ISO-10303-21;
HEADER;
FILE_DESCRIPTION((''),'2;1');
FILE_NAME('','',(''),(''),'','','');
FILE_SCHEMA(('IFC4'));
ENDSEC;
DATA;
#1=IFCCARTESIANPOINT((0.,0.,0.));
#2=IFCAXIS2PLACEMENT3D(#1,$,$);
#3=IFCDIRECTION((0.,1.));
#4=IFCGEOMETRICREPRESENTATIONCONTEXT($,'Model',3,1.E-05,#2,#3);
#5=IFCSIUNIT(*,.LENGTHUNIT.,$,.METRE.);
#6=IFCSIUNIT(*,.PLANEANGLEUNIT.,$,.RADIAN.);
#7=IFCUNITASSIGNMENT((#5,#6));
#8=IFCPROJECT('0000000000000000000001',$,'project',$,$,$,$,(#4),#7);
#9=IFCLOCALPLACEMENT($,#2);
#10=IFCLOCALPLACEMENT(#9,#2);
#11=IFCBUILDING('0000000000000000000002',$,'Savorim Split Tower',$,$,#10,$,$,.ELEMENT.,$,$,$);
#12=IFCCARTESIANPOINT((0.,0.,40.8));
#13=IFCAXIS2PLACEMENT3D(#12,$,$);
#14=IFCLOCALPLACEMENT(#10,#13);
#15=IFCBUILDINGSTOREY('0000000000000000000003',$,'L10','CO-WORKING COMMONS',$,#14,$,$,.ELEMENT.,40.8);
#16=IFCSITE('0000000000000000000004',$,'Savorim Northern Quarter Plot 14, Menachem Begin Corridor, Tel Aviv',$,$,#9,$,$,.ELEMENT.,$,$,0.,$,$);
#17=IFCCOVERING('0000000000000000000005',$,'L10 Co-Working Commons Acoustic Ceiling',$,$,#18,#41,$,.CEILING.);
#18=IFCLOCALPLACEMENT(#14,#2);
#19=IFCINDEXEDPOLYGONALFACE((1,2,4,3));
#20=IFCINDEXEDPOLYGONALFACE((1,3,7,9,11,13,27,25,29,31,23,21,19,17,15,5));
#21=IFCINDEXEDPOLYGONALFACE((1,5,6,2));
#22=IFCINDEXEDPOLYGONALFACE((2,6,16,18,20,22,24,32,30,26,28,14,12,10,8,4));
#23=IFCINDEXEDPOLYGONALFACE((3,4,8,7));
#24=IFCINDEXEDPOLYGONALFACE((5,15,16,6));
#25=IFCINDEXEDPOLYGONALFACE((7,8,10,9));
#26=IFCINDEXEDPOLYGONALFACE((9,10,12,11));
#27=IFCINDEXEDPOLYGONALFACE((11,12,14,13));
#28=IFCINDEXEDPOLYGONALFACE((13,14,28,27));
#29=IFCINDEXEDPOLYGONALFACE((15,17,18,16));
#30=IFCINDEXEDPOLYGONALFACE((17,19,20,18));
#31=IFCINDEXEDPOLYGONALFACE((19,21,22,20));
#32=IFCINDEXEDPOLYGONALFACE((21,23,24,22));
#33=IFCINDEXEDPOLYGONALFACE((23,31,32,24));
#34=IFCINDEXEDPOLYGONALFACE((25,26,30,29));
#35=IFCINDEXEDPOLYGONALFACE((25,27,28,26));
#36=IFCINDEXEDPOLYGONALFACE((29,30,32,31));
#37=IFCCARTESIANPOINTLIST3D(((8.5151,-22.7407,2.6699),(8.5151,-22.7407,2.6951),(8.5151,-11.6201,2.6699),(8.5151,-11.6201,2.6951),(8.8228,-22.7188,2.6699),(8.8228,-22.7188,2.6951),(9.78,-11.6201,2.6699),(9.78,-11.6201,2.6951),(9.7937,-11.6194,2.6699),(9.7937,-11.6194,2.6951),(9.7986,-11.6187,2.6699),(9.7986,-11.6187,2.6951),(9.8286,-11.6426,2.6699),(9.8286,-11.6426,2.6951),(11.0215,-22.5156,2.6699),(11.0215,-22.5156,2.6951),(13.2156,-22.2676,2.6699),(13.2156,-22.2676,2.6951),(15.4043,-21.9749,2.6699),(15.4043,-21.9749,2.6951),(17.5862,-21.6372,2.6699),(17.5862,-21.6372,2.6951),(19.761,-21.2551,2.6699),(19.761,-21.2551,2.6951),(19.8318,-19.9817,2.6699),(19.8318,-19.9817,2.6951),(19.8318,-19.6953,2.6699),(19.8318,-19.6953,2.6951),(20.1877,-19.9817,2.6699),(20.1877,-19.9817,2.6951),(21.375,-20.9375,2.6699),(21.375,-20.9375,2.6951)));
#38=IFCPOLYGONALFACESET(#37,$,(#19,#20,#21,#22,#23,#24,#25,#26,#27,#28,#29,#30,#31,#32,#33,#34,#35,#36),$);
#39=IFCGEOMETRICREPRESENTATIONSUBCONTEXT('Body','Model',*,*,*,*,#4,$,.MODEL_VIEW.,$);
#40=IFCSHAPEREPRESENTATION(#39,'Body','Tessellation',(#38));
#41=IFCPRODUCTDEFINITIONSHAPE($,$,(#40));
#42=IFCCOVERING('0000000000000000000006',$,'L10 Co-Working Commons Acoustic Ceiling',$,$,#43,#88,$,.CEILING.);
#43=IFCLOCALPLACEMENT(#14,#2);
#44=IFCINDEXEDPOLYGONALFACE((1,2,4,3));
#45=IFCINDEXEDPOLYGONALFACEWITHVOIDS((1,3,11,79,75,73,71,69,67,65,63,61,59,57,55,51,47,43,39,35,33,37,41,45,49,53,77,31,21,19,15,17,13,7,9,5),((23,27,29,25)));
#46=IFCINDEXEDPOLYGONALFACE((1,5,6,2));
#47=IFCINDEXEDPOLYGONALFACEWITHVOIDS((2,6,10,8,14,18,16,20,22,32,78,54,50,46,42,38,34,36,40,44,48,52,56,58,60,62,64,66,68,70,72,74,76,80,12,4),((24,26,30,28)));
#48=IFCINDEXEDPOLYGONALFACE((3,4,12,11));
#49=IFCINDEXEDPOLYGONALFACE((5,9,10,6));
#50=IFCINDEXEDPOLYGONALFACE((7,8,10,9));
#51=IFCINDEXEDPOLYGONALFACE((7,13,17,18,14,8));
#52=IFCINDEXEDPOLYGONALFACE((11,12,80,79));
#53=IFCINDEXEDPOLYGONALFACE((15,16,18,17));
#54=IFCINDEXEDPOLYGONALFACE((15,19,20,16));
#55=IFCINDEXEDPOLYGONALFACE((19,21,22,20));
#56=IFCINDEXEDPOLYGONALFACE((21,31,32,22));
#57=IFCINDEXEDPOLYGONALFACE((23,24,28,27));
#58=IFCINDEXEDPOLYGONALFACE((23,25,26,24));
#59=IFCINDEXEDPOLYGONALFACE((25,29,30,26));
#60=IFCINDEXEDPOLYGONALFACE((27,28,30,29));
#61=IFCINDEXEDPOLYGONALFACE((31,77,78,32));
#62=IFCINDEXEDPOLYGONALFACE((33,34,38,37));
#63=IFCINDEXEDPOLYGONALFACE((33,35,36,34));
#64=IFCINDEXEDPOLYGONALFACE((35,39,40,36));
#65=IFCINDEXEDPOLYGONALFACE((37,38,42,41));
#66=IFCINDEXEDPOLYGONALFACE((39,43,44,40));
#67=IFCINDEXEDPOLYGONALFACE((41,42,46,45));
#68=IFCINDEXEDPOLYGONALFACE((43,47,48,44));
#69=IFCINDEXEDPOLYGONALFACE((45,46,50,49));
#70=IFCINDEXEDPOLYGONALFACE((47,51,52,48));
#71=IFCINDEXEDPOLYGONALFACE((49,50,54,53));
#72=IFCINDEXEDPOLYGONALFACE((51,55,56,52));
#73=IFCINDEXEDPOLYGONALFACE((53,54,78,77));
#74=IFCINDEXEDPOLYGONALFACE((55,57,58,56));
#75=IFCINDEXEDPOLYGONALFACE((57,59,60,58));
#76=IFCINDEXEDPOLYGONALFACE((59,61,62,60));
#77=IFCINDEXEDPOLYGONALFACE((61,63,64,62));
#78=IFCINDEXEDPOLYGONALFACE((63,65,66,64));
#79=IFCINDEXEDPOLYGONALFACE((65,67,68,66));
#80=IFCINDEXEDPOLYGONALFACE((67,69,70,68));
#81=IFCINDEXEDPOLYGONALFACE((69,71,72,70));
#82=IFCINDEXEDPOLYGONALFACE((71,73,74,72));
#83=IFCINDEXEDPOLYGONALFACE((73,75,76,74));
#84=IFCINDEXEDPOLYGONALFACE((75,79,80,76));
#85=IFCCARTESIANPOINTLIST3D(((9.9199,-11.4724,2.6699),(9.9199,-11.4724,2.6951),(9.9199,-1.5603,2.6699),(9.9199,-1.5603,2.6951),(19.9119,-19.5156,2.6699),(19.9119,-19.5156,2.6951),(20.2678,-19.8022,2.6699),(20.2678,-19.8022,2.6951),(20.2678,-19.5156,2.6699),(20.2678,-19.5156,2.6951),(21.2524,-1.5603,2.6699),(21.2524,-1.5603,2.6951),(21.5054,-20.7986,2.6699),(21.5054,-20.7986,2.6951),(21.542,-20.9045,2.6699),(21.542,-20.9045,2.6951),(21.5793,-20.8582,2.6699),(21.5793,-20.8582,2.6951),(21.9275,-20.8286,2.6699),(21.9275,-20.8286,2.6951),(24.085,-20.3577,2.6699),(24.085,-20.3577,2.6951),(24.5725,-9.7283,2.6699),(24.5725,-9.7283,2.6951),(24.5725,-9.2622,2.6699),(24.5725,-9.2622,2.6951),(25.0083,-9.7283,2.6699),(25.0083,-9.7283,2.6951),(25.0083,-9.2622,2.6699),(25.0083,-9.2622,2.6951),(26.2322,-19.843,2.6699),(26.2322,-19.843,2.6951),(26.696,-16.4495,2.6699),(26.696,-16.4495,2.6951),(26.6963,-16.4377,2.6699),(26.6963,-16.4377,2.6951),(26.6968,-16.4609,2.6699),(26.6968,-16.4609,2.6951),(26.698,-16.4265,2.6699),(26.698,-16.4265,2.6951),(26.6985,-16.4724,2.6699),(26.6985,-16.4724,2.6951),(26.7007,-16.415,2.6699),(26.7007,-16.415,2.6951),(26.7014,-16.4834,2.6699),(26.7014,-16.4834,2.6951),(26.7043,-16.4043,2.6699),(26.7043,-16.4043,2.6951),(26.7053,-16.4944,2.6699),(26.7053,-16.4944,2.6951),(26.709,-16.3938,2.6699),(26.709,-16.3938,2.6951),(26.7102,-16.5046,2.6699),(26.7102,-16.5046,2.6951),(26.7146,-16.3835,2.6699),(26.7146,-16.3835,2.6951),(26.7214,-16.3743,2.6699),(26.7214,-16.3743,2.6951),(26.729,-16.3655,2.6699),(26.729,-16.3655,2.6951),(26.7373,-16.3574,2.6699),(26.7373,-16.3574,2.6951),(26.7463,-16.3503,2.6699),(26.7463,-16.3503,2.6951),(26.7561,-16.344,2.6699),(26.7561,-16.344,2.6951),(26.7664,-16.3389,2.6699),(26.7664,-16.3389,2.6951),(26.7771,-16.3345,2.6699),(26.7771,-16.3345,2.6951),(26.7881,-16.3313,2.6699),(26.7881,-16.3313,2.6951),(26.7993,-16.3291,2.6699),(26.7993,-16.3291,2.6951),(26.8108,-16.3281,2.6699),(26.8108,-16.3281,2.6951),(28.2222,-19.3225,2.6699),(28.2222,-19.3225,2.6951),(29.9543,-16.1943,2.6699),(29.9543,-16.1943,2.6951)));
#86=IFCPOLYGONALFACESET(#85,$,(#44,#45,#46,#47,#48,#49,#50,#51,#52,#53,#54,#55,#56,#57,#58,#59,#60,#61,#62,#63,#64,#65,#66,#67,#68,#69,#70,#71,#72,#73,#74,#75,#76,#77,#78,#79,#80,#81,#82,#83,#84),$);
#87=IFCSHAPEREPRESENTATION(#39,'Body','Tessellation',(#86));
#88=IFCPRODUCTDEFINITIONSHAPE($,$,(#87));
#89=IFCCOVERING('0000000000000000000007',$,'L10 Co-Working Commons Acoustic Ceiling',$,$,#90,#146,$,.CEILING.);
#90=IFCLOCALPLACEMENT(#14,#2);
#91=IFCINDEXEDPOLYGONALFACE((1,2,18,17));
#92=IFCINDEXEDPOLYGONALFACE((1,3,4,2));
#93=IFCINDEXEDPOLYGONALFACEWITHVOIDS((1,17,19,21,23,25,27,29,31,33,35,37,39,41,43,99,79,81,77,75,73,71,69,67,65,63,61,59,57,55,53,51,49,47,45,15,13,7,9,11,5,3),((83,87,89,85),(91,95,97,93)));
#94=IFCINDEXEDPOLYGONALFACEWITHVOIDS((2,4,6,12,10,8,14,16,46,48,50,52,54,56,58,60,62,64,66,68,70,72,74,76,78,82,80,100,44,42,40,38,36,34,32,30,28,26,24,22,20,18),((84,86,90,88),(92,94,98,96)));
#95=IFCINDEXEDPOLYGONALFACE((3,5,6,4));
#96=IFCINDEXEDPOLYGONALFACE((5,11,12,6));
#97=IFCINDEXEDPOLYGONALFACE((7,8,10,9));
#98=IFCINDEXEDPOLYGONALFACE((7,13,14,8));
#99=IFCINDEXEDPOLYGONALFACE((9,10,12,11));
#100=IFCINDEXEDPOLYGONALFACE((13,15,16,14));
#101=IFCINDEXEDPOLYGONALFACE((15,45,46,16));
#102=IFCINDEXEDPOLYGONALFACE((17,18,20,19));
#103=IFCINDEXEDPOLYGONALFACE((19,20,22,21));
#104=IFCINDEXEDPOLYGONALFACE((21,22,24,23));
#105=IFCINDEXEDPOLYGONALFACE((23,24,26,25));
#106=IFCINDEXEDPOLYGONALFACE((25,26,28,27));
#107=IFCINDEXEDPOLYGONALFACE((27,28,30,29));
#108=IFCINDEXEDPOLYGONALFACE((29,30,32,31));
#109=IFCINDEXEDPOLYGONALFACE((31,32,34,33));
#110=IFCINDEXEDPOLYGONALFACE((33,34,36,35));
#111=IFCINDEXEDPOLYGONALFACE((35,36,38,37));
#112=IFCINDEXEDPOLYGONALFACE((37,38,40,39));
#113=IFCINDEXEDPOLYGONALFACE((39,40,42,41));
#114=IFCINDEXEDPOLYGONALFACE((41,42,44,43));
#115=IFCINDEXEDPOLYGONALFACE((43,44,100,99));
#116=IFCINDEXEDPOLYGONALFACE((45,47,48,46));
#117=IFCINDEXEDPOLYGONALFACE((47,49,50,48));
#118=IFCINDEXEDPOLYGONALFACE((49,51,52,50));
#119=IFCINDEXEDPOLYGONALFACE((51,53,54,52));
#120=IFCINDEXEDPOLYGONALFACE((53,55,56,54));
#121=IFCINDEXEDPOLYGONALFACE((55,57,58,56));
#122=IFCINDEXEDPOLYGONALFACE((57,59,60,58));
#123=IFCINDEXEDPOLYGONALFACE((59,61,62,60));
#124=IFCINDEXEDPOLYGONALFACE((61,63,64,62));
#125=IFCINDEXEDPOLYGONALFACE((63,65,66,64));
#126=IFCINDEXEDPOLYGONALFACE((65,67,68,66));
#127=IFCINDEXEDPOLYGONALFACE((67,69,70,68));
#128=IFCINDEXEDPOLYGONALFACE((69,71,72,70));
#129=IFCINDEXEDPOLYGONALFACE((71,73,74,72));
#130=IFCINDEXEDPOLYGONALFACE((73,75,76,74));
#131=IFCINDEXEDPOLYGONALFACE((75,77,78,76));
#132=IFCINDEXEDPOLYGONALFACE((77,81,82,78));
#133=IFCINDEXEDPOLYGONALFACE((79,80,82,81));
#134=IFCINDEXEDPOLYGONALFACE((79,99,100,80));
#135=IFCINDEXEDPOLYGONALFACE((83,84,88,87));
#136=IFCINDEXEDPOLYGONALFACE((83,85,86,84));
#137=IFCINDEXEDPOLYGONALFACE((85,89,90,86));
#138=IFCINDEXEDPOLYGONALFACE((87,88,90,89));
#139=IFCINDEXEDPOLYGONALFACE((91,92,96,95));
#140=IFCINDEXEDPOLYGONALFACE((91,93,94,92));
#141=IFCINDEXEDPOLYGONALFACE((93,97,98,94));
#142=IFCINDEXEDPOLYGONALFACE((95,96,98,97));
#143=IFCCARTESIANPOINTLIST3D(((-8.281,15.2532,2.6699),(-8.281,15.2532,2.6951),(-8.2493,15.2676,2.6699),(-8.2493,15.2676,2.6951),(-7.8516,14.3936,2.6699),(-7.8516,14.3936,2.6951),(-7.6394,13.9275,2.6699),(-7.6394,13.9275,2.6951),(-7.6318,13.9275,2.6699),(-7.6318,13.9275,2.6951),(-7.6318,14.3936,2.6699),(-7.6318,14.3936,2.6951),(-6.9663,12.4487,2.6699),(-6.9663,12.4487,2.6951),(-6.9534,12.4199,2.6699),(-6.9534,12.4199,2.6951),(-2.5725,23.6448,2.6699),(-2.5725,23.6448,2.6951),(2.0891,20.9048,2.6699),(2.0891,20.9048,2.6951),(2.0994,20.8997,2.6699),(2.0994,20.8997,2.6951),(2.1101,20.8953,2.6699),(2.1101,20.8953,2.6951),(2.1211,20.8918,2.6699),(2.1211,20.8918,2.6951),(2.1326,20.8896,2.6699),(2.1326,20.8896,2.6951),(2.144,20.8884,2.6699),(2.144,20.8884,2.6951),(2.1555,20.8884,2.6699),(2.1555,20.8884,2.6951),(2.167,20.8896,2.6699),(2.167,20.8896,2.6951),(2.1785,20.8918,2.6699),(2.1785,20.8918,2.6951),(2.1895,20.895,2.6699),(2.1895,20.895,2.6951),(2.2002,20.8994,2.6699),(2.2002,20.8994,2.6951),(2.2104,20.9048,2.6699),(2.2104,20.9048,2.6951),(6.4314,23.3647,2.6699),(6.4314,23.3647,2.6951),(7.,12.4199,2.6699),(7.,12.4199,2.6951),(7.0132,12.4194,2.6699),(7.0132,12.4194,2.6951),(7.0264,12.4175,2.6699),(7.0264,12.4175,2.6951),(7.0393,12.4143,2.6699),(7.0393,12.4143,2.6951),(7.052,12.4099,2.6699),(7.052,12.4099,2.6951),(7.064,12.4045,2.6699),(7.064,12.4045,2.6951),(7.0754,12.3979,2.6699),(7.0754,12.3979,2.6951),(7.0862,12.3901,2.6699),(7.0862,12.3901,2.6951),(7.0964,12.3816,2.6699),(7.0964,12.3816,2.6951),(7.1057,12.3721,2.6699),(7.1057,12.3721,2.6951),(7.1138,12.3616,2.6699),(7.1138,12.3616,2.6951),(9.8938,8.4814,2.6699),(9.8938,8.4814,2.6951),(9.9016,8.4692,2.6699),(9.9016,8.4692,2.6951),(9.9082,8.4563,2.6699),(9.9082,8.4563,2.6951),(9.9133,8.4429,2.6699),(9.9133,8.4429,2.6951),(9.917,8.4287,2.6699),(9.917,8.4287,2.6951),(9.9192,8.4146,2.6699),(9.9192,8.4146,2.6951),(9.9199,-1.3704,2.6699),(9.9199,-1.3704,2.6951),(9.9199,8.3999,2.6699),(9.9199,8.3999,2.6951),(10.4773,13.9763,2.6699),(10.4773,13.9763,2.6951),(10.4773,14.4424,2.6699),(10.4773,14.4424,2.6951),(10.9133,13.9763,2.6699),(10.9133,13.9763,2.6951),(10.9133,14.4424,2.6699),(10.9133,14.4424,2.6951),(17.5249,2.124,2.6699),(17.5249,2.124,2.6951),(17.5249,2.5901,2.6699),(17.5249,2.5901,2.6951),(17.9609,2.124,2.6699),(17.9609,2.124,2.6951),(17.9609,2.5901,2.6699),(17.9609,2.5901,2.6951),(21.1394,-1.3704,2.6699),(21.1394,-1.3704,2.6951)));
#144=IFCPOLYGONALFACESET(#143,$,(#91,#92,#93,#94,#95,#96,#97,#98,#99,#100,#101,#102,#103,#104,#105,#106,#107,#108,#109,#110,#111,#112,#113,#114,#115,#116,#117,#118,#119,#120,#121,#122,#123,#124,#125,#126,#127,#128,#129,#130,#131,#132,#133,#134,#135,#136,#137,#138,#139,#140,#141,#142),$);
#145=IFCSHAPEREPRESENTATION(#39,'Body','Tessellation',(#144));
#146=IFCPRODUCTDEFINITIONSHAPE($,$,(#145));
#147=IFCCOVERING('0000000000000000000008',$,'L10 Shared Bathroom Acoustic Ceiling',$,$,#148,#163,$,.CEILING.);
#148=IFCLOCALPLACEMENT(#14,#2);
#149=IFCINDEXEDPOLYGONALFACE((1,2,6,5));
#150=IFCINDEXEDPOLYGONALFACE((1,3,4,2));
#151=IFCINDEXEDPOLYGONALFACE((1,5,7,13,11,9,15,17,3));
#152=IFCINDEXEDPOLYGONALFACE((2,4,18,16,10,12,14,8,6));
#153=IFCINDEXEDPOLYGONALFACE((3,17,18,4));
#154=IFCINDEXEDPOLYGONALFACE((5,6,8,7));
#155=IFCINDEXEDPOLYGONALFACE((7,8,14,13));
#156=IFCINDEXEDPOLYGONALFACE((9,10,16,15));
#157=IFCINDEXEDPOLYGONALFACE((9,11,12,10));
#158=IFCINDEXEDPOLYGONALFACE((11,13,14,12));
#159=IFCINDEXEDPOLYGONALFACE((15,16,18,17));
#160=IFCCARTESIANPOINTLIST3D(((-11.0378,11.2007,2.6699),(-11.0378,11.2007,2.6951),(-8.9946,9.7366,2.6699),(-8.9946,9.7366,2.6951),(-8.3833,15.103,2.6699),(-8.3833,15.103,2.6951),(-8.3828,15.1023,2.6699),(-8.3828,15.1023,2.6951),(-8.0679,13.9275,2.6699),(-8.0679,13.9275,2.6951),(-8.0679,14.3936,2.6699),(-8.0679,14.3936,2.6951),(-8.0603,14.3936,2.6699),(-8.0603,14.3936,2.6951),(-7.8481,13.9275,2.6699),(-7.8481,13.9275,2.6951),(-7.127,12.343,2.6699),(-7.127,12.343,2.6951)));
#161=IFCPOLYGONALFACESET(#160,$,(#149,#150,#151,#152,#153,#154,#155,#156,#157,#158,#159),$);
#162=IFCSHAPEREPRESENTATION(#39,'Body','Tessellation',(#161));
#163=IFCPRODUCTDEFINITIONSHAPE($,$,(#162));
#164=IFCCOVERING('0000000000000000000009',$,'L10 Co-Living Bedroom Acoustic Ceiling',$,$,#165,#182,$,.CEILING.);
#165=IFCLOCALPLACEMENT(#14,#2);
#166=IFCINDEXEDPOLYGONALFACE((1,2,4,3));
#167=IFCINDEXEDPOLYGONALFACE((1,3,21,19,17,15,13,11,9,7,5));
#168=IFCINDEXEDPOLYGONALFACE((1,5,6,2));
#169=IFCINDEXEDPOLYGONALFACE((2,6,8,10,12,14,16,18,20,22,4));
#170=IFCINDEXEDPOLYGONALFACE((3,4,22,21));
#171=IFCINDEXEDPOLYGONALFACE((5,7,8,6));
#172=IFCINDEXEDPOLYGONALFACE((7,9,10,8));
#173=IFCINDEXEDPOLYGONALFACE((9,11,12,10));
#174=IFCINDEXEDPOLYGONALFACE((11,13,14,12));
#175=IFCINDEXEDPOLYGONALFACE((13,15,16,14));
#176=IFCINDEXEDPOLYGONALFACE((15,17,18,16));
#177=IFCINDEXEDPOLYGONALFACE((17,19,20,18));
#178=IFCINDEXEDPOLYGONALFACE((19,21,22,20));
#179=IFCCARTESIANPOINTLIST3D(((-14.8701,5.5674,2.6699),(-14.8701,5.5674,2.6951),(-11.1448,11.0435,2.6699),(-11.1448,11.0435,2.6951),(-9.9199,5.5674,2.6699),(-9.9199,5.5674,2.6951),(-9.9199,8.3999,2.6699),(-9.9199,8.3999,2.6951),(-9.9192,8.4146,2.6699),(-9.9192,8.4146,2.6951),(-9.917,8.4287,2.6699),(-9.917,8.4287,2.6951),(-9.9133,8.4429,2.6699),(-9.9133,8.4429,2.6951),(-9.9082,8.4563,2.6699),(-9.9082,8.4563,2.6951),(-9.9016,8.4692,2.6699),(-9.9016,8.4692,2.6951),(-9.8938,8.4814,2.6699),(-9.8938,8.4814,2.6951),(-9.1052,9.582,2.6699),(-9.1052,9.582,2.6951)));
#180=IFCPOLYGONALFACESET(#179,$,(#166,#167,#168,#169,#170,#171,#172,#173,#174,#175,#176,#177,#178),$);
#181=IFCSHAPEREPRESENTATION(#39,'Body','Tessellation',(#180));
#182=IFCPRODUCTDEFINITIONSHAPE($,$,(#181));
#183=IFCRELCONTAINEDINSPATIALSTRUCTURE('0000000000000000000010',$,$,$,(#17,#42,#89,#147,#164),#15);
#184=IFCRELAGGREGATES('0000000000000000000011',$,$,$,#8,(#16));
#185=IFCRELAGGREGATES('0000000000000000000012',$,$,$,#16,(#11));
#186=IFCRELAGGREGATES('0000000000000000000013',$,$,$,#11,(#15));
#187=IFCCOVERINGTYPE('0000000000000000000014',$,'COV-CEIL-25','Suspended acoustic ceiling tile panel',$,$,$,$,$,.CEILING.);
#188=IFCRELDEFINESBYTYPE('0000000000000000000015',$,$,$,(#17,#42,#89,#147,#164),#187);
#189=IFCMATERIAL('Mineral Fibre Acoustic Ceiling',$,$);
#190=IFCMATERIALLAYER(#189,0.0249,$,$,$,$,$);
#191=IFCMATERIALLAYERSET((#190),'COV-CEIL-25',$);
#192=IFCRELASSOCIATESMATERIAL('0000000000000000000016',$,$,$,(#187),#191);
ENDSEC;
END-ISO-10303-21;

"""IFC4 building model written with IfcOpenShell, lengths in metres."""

from ifc_helpers import new_model, si_unit, direction, frame, origin, place, context, subcontext, project, spatial, polyline, outline, extrude, material, layer, layer_set, type_object, element, save


model = new_model("IFC4")

# Units and contexts
model_context = context("Model", 3, precision=1e-05, world=origin(), true_north=direction((0.0, 1.0)))
body_context = subcontext(model_context, "Body", "Model", "MODEL_VIEW")
ifc_project = project(units=[si_unit("LENGTHUNIT", "METRE"), si_unit("PLANEANGLEUNIT", "RADIAN")], contexts=[model_context])

# Site, building, storey
site_placement = place(None, origin())
site = spatial("IfcSite", under=ifc_project, at=site_placement, Name="Savorim Northern Quarter Plot 14, Menachem Begin Corridor, Tel Aviv", CompositionType="ELEMENT", RefElevation=0.0)
building_placement = place(site_placement, origin())
building = spatial("IfcBuilding", under=site, at=building_placement, Name="Savorim Split Tower", CompositionType="ELEMENT")
storey_placement = place(building_placement, frame((0.0, 0.0, 40.8)))
storey = spatial("IfcBuildingStorey", under=building, at=storey_placement, Name="L10", Description="CO-WORKING COMMONS", CompositionType="ELEMENT", Elevation=40.8)

# Coverings
ifc_material_1 = material(Name="Mineral Fibre Acoustic Ceiling")
ifc_layer_1 = layer(ifc_material_1, 0.0249)
ifc_layer_set_1 = layer_set([ifc_layer_1], Name="COV-CEIL-25")
covering_type_1 = type_object("IfcCoveringType", Name="COV-CEIL-25", Description="Suspended acoustic ceiling tile panel", PredefinedType="CEILING", material=ifc_layer_set_1)
covering_1_placement = place(storey_placement, frame((0.0, 0.0, 2.6699)))
element("IfcCovering", 1, at=covering_1_placement, inside=storey, type_object=covering_type_1, Name="L10 Co-Working Commons Acoustic Ceiling", PredefinedType="CEILING", context=body_context, shape_type="SweptSolid", body=[
    extrude(outline(polyline([(13.2156, -22.2676), (15.4043, -21.9749), (17.5862, -21.6372), (19.761, -21.2551), (21.375, -20.9375), (20.1877, -19.9817), (19.8318, -19.9817), (19.8318, -19.6953), (9.8286, -11.6426), (9.7986, -11.6187), (9.7937, -11.6194), (9.78, -11.6201), (8.5151, -11.6201), (8.5151, -22.7407), (8.8228, -22.7188), (11.0215, -22.5156), (13.2156, -22.2676)])), origin(), (0.0, 0.0, 1.0), 0.0251),
])
covering_2_placement = place(storey_placement, frame((0.0, 0.0, 2.6699)))
element("IfcCovering", 2, at=covering_2_placement, inside=storey, type_object=covering_type_1, Name="L10 Co-Working Commons Acoustic Ceiling", PredefinedType="CEILING", context=body_context, shape_type="SweptSolid", body=[
    extrude(outline(polyline([(26.7993, -16.3291), (26.8108, -16.3281), (29.9543, -16.1943), (21.2524, -1.5603), (9.9199, -1.5603), (9.9199, -11.4724), (19.9119, -19.5156), (20.2678, -19.5156), (20.2678, -19.8022), (21.5054, -20.7986), (21.5793, -20.8582), (21.542, -20.9045), (21.9275, -20.8286), (24.085, -20.3577), (26.2322, -19.843), (28.2222, -19.3225), (26.7102, -16.5046), (26.7053, -16.4944), (26.7014, -16.4834), (26.6985, -16.4724), (26.6968, -16.4609), (26.696, -16.4495), (26.6963, -16.4377), (26.698, -16.4265), (26.7007, -16.415), (26.7043, -16.4043), (26.709, -16.3938), (26.7146, -16.3835), (26.7214, -16.3743), (26.729, -16.3655), (26.7373, -16.3574), (26.7463, -16.3503), (26.7561, -16.344), (26.7664, -16.3389), (26.7771, -16.3345), (26.7881, -16.3313), (26.7993, -16.3291)]), holes=[polyline([(25.0083, -9.7283), (25.0083, -9.2622), (24.5725, -9.2622), (24.5725, -9.7283), (25.0083, -9.7283)])]), origin(), (0.0, 0.0, 1.0), 0.0251),
])
covering_3_placement = place(storey_placement, frame((0.0, 0.0, 2.6699)))
element("IfcCovering", 3, at=covering_3_placement, inside=storey, type_object=covering_type_1, Name="L10 Co-Working Commons Acoustic Ceiling", PredefinedType="CEILING", context=body_context, shape_type="SweptSolid", body=[
    extrude(outline(polyline([(2.1101, 20.8953), (2.0994, 20.8997), (2.0891, 20.9048), (-2.5725, 23.6448), (-8.281, 15.2532), (-8.2493, 15.2676), (-7.8516, 14.3936), (-7.6318, 14.3936), (-7.6318, 13.9275), (-7.6394, 13.9275), (-6.9663, 12.4487), (-6.9534, 12.4199), (7.0, 12.4199), (7.0132, 12.4194), (7.0264, 12.4175), (7.0393, 12.4143), (7.052, 12.4099), (7.064, 12.4045), (7.0754, 12.3979), (7.0862, 12.3901), (7.0964, 12.3816), (7.1057, 12.3721), (7.1138, 12.3616), (9.8938, 8.4814), (9.9016, 8.4692), (9.9082, 8.4563), (9.9133, 8.4429), (9.917, 8.4287), (9.9192, 8.4146), (9.9199, 8.3999), (9.9199, -1.3704), (21.1394, -1.3704), (6.4314, 23.3647), (2.2104, 20.9048), (2.2002, 20.8994), (2.1895, 20.895), (2.1785, 20.8918), (2.167, 20.8896), (2.1555, 20.8884), (2.144, 20.8884), (2.1326, 20.8896), (2.1211, 20.8918), (2.1101, 20.8953)]), holes=[polyline([(17.9609, 2.124), (17.9609, 2.5901), (17.5249, 2.5901), (17.5249, 2.124), (17.9609, 2.124)]), polyline([(10.9133, 14.4424), (10.4773, 14.4424), (10.4773, 13.9763), (10.9133, 13.9763), (10.9133, 14.4424)])]), origin(), (0.0, 0.0, 1.0), 0.0251),
])
covering_4_placement = place(storey_placement, frame((0.0, 0.0, 2.6699)))
element("IfcCovering", 4, at=covering_4_placement, inside=storey, type_object=covering_type_1, Name="L10 Shared Bathroom Acoustic Ceiling", PredefinedType="CEILING", context=body_context, shape_type="SweptSolid", body=[
    extrude(outline(polyline([(-8.0679, 14.3936), (-8.0603, 14.3936), (-8.3828, 15.1023), (-8.3833, 15.103), (-11.0378, 11.2007), (-8.9946, 9.7366), (-7.127, 12.343), (-7.8481, 13.9275), (-8.0679, 13.9275), (-8.0679, 14.3936)])), origin(), (0.0, 0.0, 1.0), 0.0251),
])
covering_5_placement = place(storey_placement, frame((0.0, 0.0, 2.6699)))
element("IfcCovering", 5, at=covering_5_placement, inside=storey, type_object=covering_type_1, Name="L10 Co-Living Bedroom Acoustic Ceiling", PredefinedType="CEILING", context=body_context, shape_type="SweptSolid", body=[
    extrude(outline(polyline([(-9.9082, 8.4563), (-9.9016, 8.4692), (-9.8938, 8.4814), (-9.1052, 9.582), (-11.1448, 11.0435), (-14.8701, 5.5674), (-9.9199, 5.5674), (-9.9199, 8.3999), (-9.9192, 8.4146), (-9.917, 8.4287), (-9.9133, 8.4429), (-9.9082, 8.4563)])), origin(), (0.0, 0.0, 1.0), 0.0251),
])

save(model, "model.ifc")
